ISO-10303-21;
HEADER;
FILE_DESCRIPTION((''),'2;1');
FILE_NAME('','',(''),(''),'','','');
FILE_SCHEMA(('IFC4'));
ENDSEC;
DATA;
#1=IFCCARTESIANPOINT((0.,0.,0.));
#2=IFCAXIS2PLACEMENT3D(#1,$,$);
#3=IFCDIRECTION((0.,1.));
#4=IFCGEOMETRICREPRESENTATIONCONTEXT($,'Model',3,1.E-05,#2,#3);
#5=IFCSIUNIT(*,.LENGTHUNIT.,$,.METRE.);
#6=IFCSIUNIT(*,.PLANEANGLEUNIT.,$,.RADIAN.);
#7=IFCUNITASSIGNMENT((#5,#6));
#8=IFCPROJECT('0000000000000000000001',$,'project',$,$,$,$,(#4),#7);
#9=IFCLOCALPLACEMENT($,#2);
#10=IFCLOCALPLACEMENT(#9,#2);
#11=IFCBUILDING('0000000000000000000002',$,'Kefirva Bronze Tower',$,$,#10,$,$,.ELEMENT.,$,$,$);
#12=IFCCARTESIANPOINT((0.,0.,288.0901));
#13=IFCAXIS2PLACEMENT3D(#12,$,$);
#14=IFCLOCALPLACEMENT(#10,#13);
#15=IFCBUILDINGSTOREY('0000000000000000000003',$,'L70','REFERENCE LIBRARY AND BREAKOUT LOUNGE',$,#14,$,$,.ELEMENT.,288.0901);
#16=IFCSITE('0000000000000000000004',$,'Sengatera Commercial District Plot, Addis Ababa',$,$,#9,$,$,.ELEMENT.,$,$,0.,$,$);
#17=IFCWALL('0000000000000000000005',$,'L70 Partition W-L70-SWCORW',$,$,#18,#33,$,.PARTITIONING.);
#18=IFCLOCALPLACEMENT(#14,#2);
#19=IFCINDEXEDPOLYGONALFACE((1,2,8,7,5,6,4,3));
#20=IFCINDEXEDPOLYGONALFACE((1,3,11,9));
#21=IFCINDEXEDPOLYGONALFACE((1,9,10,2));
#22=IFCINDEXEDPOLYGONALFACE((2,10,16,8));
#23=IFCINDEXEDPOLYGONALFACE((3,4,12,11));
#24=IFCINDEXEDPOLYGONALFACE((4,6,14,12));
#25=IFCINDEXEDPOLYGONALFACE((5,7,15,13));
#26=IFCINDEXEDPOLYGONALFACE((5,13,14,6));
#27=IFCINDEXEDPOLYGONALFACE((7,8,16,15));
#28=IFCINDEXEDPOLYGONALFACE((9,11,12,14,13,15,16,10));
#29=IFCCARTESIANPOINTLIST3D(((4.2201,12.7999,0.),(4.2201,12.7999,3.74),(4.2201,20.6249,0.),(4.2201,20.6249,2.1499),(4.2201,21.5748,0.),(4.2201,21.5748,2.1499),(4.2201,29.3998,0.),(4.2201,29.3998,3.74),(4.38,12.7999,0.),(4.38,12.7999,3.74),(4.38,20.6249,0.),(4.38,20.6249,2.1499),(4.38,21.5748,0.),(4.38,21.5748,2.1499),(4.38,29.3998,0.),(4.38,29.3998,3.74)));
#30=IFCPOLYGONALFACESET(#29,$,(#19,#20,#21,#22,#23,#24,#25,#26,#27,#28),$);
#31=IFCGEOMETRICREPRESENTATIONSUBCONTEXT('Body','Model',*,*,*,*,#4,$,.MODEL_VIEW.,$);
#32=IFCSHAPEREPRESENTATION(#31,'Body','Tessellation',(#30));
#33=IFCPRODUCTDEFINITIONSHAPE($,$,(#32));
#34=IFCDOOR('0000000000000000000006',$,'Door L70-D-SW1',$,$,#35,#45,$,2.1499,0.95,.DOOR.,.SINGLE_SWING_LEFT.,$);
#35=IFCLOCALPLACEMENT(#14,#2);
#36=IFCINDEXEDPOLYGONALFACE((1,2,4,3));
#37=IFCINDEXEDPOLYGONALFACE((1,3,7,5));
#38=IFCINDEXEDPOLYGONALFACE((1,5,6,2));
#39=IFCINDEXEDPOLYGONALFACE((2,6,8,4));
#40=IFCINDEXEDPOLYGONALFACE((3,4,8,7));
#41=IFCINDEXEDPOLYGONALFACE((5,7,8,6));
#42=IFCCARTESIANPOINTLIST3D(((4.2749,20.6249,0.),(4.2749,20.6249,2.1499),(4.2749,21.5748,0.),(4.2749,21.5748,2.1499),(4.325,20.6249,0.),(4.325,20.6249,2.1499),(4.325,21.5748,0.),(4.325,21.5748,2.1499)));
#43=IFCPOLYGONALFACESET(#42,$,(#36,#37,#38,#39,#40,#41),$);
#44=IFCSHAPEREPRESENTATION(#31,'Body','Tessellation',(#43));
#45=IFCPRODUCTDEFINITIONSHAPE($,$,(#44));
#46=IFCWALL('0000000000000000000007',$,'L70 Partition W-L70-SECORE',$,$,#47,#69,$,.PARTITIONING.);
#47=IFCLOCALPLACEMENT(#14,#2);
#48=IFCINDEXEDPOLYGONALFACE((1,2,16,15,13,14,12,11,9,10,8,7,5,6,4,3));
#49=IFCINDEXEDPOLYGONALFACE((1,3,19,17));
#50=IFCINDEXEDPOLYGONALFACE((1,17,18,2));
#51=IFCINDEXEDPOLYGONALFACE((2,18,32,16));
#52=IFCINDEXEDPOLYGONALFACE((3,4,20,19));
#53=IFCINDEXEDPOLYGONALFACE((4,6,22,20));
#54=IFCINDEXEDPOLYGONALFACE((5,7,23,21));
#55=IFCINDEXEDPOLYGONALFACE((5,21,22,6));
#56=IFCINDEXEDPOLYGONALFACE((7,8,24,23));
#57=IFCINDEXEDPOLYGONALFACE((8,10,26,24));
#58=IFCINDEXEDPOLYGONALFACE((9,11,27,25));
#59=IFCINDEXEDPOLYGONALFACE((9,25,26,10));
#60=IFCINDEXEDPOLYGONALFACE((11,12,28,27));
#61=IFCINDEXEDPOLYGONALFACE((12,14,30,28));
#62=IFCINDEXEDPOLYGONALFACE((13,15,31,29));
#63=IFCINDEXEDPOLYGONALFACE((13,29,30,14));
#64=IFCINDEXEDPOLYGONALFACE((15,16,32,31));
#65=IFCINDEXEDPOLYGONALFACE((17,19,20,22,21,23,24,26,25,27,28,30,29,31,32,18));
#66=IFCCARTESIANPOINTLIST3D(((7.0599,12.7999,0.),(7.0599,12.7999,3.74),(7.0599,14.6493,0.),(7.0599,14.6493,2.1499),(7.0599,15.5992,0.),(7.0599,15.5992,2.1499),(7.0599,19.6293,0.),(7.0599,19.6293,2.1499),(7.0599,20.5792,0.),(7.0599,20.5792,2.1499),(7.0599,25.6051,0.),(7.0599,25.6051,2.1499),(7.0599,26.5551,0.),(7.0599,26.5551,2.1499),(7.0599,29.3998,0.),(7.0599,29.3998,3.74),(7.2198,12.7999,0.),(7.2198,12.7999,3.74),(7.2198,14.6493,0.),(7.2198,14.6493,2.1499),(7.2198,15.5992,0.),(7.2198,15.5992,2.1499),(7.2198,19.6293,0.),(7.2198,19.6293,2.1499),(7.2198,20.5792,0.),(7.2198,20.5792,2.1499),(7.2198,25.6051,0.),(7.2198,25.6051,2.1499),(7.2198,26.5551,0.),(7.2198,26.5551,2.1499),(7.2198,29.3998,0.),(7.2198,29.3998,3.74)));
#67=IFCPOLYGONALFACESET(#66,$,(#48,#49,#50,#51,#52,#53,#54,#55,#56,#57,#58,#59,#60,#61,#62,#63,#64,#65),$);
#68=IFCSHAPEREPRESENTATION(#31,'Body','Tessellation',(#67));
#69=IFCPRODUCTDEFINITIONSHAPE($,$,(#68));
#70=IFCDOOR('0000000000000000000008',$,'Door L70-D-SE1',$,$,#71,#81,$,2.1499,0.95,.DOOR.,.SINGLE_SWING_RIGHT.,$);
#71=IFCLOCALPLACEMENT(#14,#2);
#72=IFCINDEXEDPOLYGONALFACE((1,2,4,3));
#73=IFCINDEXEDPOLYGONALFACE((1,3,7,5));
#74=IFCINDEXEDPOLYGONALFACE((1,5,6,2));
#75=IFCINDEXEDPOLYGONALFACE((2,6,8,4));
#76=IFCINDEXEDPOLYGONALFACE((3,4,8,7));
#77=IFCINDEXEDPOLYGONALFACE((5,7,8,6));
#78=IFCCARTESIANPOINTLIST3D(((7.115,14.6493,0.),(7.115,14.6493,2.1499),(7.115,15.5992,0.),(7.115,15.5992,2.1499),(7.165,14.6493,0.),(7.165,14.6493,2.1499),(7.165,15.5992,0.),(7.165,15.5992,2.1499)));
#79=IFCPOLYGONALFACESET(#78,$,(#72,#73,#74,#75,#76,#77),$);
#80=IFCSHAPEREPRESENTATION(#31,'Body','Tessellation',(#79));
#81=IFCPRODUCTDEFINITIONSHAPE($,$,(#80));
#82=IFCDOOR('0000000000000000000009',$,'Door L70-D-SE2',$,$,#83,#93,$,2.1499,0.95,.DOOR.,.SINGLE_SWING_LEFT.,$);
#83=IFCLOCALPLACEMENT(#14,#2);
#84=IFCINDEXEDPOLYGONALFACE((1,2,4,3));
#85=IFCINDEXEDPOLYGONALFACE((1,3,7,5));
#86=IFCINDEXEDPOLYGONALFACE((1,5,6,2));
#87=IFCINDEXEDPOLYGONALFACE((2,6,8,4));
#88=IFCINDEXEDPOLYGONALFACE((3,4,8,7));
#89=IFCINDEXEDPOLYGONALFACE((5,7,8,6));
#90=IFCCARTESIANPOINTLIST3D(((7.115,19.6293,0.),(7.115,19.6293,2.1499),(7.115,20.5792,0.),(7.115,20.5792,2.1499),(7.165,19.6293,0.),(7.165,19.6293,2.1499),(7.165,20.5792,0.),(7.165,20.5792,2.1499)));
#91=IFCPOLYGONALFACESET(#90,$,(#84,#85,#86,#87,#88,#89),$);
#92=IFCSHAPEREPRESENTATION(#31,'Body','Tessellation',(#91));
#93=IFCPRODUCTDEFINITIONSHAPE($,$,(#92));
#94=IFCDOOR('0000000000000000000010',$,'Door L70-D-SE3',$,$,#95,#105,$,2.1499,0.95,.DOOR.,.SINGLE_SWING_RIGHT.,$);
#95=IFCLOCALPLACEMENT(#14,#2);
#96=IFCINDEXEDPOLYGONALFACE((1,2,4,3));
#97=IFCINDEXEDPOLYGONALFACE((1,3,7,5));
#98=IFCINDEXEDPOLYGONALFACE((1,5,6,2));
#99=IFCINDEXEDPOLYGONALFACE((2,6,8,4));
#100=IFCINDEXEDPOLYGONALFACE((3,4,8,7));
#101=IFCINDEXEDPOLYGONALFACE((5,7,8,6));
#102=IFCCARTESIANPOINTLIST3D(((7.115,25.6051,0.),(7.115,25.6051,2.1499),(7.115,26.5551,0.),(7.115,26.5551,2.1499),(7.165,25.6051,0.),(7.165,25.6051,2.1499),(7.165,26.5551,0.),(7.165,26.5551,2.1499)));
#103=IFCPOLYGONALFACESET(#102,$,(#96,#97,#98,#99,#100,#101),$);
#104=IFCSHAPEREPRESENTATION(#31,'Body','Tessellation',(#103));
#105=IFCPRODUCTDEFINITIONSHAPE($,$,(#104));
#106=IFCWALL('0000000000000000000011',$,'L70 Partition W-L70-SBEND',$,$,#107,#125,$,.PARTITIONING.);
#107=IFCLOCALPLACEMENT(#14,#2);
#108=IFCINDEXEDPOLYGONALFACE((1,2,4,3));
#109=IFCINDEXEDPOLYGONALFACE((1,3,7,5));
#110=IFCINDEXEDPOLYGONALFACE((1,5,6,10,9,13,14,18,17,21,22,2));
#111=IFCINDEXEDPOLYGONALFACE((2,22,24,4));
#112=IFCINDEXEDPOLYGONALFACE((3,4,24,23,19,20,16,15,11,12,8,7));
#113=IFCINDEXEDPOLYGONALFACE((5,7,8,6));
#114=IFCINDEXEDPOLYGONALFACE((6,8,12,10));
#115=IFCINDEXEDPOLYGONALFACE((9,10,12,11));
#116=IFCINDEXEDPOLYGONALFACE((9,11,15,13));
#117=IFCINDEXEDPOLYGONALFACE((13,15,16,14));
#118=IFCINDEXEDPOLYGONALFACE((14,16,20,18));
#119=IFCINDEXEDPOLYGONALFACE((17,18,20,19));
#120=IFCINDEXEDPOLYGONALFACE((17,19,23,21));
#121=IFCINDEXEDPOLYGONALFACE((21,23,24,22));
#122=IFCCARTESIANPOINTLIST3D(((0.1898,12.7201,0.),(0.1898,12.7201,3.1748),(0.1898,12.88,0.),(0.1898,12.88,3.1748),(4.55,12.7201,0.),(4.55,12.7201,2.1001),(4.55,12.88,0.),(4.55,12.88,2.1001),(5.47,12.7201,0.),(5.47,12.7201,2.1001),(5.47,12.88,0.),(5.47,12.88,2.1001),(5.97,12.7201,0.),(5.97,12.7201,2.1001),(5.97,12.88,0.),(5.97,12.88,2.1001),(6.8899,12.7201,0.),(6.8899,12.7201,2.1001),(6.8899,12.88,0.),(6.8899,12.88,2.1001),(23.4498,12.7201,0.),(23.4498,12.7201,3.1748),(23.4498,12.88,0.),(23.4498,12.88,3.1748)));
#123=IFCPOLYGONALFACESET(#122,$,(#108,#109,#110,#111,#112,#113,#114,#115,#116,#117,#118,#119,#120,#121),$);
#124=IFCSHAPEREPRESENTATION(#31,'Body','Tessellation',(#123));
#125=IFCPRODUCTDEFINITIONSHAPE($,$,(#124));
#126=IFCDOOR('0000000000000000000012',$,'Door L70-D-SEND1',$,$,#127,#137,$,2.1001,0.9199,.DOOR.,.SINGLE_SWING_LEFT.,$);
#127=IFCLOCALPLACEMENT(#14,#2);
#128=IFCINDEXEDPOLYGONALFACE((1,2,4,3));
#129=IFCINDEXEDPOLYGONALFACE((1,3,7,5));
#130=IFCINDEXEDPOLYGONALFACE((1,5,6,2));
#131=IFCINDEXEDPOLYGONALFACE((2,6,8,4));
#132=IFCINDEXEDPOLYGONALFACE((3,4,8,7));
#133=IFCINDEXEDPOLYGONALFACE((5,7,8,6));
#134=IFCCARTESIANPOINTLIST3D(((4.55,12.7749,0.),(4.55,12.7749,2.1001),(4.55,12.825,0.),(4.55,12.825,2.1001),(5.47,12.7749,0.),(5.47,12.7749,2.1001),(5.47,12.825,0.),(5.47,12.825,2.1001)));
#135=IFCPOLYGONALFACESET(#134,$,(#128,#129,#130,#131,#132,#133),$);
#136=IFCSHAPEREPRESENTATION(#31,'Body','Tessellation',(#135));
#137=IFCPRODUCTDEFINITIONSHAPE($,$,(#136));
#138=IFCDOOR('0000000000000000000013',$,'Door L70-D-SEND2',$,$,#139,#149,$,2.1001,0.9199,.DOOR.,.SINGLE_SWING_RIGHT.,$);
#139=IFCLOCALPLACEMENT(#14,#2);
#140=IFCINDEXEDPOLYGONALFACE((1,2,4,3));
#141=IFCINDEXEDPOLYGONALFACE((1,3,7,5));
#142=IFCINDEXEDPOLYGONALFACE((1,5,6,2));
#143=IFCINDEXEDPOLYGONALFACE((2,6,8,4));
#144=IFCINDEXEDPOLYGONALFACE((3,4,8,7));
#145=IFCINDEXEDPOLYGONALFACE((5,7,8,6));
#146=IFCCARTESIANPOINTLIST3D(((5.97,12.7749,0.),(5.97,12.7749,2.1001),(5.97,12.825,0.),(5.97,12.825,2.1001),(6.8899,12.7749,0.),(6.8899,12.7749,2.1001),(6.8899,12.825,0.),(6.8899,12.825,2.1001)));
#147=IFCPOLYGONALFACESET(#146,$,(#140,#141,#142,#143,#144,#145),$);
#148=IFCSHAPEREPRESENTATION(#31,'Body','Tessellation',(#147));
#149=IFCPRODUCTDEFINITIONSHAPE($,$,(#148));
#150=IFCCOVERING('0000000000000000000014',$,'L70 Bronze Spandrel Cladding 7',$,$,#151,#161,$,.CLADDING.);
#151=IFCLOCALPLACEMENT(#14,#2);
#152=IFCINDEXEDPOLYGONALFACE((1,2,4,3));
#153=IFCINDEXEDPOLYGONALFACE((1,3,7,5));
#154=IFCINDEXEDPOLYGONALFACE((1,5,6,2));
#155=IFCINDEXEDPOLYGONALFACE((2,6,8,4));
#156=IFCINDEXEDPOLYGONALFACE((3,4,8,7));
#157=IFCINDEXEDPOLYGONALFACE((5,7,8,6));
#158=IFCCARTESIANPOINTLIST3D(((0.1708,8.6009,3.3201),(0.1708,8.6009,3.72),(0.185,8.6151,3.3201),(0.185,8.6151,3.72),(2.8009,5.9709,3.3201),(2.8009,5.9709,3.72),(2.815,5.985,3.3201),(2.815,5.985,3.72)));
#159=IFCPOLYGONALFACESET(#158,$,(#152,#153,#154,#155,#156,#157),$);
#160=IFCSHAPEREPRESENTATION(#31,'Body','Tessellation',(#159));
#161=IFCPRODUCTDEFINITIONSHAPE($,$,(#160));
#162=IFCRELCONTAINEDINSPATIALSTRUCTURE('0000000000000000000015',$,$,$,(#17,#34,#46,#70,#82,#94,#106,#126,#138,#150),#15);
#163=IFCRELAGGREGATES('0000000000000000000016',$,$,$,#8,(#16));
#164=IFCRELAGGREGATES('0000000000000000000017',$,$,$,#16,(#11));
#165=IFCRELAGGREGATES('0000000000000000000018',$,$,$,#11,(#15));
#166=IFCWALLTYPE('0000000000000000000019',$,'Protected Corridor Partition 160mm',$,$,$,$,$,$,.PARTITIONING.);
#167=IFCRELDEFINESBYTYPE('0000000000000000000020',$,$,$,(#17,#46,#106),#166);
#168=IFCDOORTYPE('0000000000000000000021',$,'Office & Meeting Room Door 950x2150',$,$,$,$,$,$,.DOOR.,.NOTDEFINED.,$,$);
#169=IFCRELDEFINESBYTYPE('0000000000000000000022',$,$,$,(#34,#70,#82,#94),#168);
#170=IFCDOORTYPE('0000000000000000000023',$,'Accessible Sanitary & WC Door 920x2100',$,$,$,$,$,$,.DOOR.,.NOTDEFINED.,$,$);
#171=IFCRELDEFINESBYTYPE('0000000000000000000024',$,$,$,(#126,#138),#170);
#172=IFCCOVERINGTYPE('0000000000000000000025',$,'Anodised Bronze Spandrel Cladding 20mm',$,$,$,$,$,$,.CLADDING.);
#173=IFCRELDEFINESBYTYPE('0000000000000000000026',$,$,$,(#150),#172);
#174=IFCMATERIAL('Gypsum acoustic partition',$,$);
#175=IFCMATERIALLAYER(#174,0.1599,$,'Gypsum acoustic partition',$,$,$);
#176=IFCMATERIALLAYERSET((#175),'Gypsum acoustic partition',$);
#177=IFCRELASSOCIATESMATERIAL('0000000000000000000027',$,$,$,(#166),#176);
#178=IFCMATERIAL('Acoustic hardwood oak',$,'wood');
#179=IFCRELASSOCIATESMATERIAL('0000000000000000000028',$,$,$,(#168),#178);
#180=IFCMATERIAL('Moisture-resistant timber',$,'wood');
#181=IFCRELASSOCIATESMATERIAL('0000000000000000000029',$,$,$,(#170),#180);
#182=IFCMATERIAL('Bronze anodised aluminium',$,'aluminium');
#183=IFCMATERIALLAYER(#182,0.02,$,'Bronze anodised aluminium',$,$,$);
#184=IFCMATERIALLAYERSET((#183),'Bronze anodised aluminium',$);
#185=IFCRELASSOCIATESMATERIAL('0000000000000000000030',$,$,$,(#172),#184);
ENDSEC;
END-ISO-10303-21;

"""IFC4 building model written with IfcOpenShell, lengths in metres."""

from ifc_helpers import new_model, si_unit, direction, frame, frame_2d, origin, origin_2d, place, context, subcontext, project, spatial, rectangle, extrude, material, layer, layer_set, type_object, element, fill, save


model = new_model("IFC4")

# Units and contexts
model_context = context("Model", 3, precision=1e-05, world=origin(), true_north=direction((0.0, 1.0)))
body_context = subcontext(model_context, "Body", "Model", "MODEL_VIEW")
ifc_project = project(units=[si_unit("LENGTHUNIT", "METRE"), si_unit("PLANEANGLEUNIT", "RADIAN")], contexts=[model_context])

# Site, building, storey
site_placement = place(None, origin())
site = spatial("IfcSite", under=ifc_project, at=site_placement, Name="Sengatera Commercial District Plot, Addis Ababa", CompositionType="ELEMENT", RefElevation=0.0)
building_placement = place(site_placement, origin())
building = spatial("IfcBuilding", under=site, at=building_placement, Name="Kefirva Bronze Tower", CompositionType="ELEMENT")
storey_placement = place(building_placement, frame((0.0, 0.0, 288.0901)))
storey = spatial("IfcBuildingStorey", under=building, at=storey_placement, Name="L70", Description="REFERENCE LIBRARY AND BREAKOUT LOUNGE", CompositionType="ELEMENT", Elevation=288.0901)

# Shared definitions
ifc_material_1 = material(Name="Bronze anodised aluminium", Category="aluminium")

# Wall, opening, door
ifc_material_2 = material(Name="Gypsum acoustic partition")
ifc_layer_1 = layer(ifc_material_2, 0.1599, Name="Gypsum acoustic partition")
ifc_layer_set_1 = layer_set([ifc_layer_1], Name="Gypsum acoustic partition")
wall_type_1 = type_object("IfcWallType", Name="Protected Corridor Partition 160mm", PredefinedType="PARTITIONING", material=ifc_layer_set_1)
wall_1_placement = place(storey_placement, frame((4.3, 12.8, 0.0), z_axis=(0.0, 0.0, 1.0), x_axis=(0.0, 1.0, 0.0)))
wall_1 = element("IfcWall", 1, at=wall_1_placement, inside=storey, type_object=wall_type_1, Name="L70 Partition W-L70-SWCORW", PredefinedType="PARTITIONING", context=body_context, shape_type="SweptSolid", body=[
    extrude(rectangle(XDim=16.5999, YDim=0.1599, at=frame_2d((8.2998, 0.0))), origin(), (0.0, 0.0, 1.0), 3.74),
])
opening_1_placement = place(wall_1_placement, frame((8.7749, 0.0, 0.0), z_axis=(0.0, 0.0, 1.0), x_axis=(-1.0, 0.0, 0.0)))
opening_1 = element("IfcOpeningElement", 2, at=opening_1_placement, cuts=wall_1, PredefinedType="OPENING", context=body_context, shape_type="SweptSolid", body=[
    extrude(rectangle(XDim=0.95, YDim=2.1499, at=frame_2d((0.4751, 1.075))), frame((0.0, 0.0898, 0.0), z_axis=(0.0, -1.0, 0.0), x_axis=(1.0, 0.0, 0.0)), (0.0, 0.0, 1.0), 0.1799),
])
ifc_material_3 = material(Name="Acoustic hardwood oak", Category="wood")
door_type_1 = type_object("IfcDoorType", Name="Office & Meeting Room Door 950x2150", OperationType="NOTDEFINED", PredefinedType="DOOR", material=ifc_material_3)
door_1_placement = place(opening_1_placement, origin())
door_1 = element("IfcDoor", 3, at=door_1_placement, inside=storey, type_object=door_type_1, Name="Door L70-D-SW1", OperationType="SINGLE_SWING_LEFT", OverallHeight=2.1499, OverallWidth=0.95, PredefinedType="DOOR", context=body_context, shape_type="SweptSolid", body=[
    extrude(rectangle(XDim=0.95, YDim=2.1499, at=frame_2d((0.4751, 1.075))), frame((0.0, 0.0249, 0.0), z_axis=(0.0, -1.0, 0.0), x_axis=(1.0, 0.0, 0.0)), (0.0, 0.0, 1.0), 0.05),
])
fill(opening_1, door_1)

# Walls, openings, doors
wall_2_placement = place(storey_placement, frame((7.1399, 12.8, 0.0), z_axis=(0.0, 0.0, 1.0), x_axis=(0.0, 1.0, 0.0)))
wall_2 = element("IfcWall", 4, at=wall_2_placement, inside=storey, type_object=wall_type_1, Name="L70 Partition W-L70-SECORE", PredefinedType="PARTITIONING", context=body_context, shape_type="SweptSolid", body=[
    extrude(rectangle(XDim=16.5999, YDim=0.1599, at=frame_2d((8.2998, 0.0))), origin(), (0.0, 0.0, 1.0), 3.74),
])
opening_2_placement = place(wall_2_placement, frame((1.8491, 0.0, 0.0)))
opening_2 = element("IfcOpeningElement", 5, at=opening_2_placement, cuts=wall_2, PredefinedType="OPENING", context=body_context, shape_type="SweptSolid", body=[
    extrude(rectangle(XDim=0.95, YDim=2.1499, at=frame_2d((0.4751, 1.075))), frame((0.0, 0.0898, 0.0), z_axis=(0.0, -1.0, 0.0), x_axis=(1.0, 0.0, 0.0)), (0.0, 0.0, 1.0), 0.1799),
])
opening_3_placement = place(wall_2_placement, frame((6.8291, 0.0, 0.0)))
opening_3 = element("IfcOpeningElement", 6, at=opening_3_placement, cuts=wall_2, PredefinedType="OPENING", context=body_context, shape_type="SweptSolid", body=[
    extrude(rectangle(XDim=0.95, YDim=2.1499, at=frame_2d((0.4751, 1.075))), frame((0.0, 0.0898, 0.0), z_axis=(0.0, -1.0, 0.0), x_axis=(1.0, 0.0, 0.0)), (0.0, 0.0, 1.0), 0.1799),
])
opening_4_placement = place(wall_2_placement, frame((12.8049, 0.0, 0.0)))
opening_4 = element("IfcOpeningElement", 7, at=opening_4_placement, cuts=wall_2, PredefinedType="OPENING", context=body_context, shape_type="SweptSolid", body=[
    extrude(rectangle(XDim=0.95, YDim=2.1499, at=frame_2d((0.4751, 1.075))), frame((0.0, 0.0898, 0.0), z_axis=(0.0, -1.0, 0.0), x_axis=(1.0, 0.0, 0.0)), (0.0, 0.0, 1.0), 0.1799),
])
door_2_placement = place(opening_2_placement, origin())
door_2 = element("IfcDoor", 8, at=door_2_placement, inside=storey, type_object=door_type_1, Name="Door L70-D-SE1", OperationType="SINGLE_SWING_RIGHT", OverallHeight=2.1499, OverallWidth=0.95, PredefinedType="DOOR", context=body_context, shape_type="SweptSolid", body=[
    extrude(rectangle(XDim=0.95, YDim=2.1499, at=frame_2d((0.4751, 1.075))), frame((0.0, 0.0249, 0.0), z_axis=(0.0, -1.0, 0.0), x_axis=(1.0, 0.0, 0.0)), (0.0, 0.0, 1.0), 0.05),
])
fill(opening_2, door_2)
door_3_placement = place(opening_3_placement, origin())
door_3 = element("IfcDoor", 9, at=door_3_placement, inside=storey, type_object=door_type_1, Name="Door L70-D-SE2", OperationType="SINGLE_SWING_LEFT", OverallHeight=2.1499, OverallWidth=0.95, PredefinedType="DOOR", context=body_context, shape_type="SweptSolid", body=[
    extrude(rectangle(XDim=0.95, YDim=2.1499, at=frame_2d((0.4751, 1.075))), frame((0.0, 0.0249, 0.0), z_axis=(0.0, -1.0, 0.0), x_axis=(1.0, 0.0, 0.0)), (0.0, 0.0, 1.0), 0.05),
])
fill(opening_3, door_3)
door_4_placement = place(opening_4_placement, origin())
door_4 = element("IfcDoor", 10, at=door_4_placement, inside=storey, type_object=door_type_1, Name="Door L70-D-SE3", OperationType="SINGLE_SWING_RIGHT", OverallHeight=2.1499, OverallWidth=0.95, PredefinedType="DOOR", context=body_context, shape_type="SweptSolid", body=[
    extrude(rectangle(XDim=0.95, YDim=2.1499, at=frame_2d((0.4751, 1.075))), frame((0.0, 0.0249, 0.0), z_axis=(0.0, -1.0, 0.0), x_axis=(1.0, 0.0, 0.0)), (0.0, 0.0, 1.0), 0.05),
])
fill(opening_4, door_4)
wall_3_placement = place(storey_placement, frame((0.1899, 12.8, 0.0), z_axis=(0.0, 0.0, 1.0), x_axis=(1.0, 0.0, 0.0)))
wall_3 = element("IfcWall", 11, at=wall_3_placement, inside=storey, type_object=wall_type_1, Name="L70 Partition W-L70-SBEND", PredefinedType="PARTITIONING", context=body_context, shape_type="SweptSolid", body=[
    extrude(rectangle(XDim=23.26, YDim=0.1599, at=frame_2d((11.6299, 0.0))), origin(), (0.0, 0.0, 1.0), 3.1748),
])
opening_5_placement = place(wall_3_placement, frame((4.3601, 0.0, 0.0)))
opening_5 = element("IfcOpeningElement", 12, at=opening_5_placement, cuts=wall_3, PredefinedType="OPENING", context=body_context, shape_type="SweptSolid", body=[
    extrude(rectangle(XDim=0.9199, YDim=2.1001, at=frame_2d((0.46, 1.05))), frame((0.0, 0.0898, 0.0), z_axis=(0.0, -1.0, 0.0), x_axis=(1.0, 0.0, 0.0)), (0.0, 0.0, 1.0), 0.1799),
])
opening_6_placement = place(wall_3_placement, frame((5.78, 0.0, 0.0)))
opening_6 = element("IfcOpeningElement", 13, at=opening_6_placement, cuts=wall_3, PredefinedType="OPENING", context=body_context, shape_type="SweptSolid", body=[
    extrude(rectangle(XDim=0.9199, YDim=2.1001, at=frame_2d((0.46, 1.05))), frame((0.0, 0.0898, 0.0), z_axis=(0.0, -1.0, 0.0), x_axis=(1.0, 0.0, 0.0)), (0.0, 0.0, 1.0), 0.1799),
])
ifc_material_4 = material(Name="Moisture-resistant timber", Category="wood")
door_type_2 = type_object("IfcDoorType", Name="Accessible Sanitary & WC Door 920x2100", OperationType="NOTDEFINED", PredefinedType="DOOR", material=ifc_material_4)
door_5_placement = place(opening_5_placement, origin())
door_5 = element("IfcDoor", 14, at=door_5_placement, inside=storey, type_object=door_type_2, Name="Door L70-D-SEND1", OperationType="SINGLE_SWING_LEFT", OverallHeight=2.1001, OverallWidth=0.9199, PredefinedType="DOOR", context=body_context, shape_type="SweptSolid", body=[
    extrude(rectangle(XDim=0.9199, YDim=2.1001, at=frame_2d((0.46, 1.05))), frame((0.0, 0.0249, 0.0), z_axis=(0.0, -1.0, 0.0), x_axis=(1.0, 0.0, 0.0)), (0.0, 0.0, 1.0), 0.05),
])
fill(opening_5, door_5)
door_6_placement = place(opening_6_placement, origin())
door_6 = element("IfcDoor", 15, at=door_6_placement, inside=storey, type_object=door_type_2, Name="Door L70-D-SEND2", OperationType="SINGLE_SWING_RIGHT", OverallHeight=2.1001, OverallWidth=0.9199, PredefinedType="DOOR", context=body_context, shape_type="SweptSolid", body=[
    extrude(rectangle(XDim=0.9199, YDim=2.1001, at=frame_2d((0.46, 1.05))), frame((0.0, 0.0249, 0.0), z_axis=(0.0, -1.0, 0.0), x_axis=(1.0, 0.0, 0.0)), (0.0, 0.0, 1.0), 0.05),
])
fill(opening_6, door_6)

# Covering
ifc_layer_2 = layer(ifc_material_1, 0.02, Name="Bronze anodised aluminium")
ifc_layer_set_2 = layer_set([ifc_layer_2], Name="Bronze anodised aluminium")
covering_type_1 = type_object("IfcCoveringType", Name="Anodised Bronze Spandrel Cladding 20mm", PredefinedType="CLADDING", material=ifc_layer_set_2)
covering_1_placement = place(storey_placement, frame((1.4929, 7.293, 3.3201), z_axis=(0.0, 0.0, 1.0), x_axis=(0.707107, -0.707107, 0.0)))
element("IfcCovering", 16, at=covering_1_placement, inside=storey, type_object=covering_type_1, Name="L70 Bronze Spandrel Cladding 7", PredefinedType="CLADDING", context=body_context, shape_type="SweptSolid", body=[
    extrude(rectangle(XDim=3.7195, YDim=0.02, at=origin_2d()), origin(), (0.0, 0.0, 1.0), 0.3999),
])

save(model, "model.ifc")
